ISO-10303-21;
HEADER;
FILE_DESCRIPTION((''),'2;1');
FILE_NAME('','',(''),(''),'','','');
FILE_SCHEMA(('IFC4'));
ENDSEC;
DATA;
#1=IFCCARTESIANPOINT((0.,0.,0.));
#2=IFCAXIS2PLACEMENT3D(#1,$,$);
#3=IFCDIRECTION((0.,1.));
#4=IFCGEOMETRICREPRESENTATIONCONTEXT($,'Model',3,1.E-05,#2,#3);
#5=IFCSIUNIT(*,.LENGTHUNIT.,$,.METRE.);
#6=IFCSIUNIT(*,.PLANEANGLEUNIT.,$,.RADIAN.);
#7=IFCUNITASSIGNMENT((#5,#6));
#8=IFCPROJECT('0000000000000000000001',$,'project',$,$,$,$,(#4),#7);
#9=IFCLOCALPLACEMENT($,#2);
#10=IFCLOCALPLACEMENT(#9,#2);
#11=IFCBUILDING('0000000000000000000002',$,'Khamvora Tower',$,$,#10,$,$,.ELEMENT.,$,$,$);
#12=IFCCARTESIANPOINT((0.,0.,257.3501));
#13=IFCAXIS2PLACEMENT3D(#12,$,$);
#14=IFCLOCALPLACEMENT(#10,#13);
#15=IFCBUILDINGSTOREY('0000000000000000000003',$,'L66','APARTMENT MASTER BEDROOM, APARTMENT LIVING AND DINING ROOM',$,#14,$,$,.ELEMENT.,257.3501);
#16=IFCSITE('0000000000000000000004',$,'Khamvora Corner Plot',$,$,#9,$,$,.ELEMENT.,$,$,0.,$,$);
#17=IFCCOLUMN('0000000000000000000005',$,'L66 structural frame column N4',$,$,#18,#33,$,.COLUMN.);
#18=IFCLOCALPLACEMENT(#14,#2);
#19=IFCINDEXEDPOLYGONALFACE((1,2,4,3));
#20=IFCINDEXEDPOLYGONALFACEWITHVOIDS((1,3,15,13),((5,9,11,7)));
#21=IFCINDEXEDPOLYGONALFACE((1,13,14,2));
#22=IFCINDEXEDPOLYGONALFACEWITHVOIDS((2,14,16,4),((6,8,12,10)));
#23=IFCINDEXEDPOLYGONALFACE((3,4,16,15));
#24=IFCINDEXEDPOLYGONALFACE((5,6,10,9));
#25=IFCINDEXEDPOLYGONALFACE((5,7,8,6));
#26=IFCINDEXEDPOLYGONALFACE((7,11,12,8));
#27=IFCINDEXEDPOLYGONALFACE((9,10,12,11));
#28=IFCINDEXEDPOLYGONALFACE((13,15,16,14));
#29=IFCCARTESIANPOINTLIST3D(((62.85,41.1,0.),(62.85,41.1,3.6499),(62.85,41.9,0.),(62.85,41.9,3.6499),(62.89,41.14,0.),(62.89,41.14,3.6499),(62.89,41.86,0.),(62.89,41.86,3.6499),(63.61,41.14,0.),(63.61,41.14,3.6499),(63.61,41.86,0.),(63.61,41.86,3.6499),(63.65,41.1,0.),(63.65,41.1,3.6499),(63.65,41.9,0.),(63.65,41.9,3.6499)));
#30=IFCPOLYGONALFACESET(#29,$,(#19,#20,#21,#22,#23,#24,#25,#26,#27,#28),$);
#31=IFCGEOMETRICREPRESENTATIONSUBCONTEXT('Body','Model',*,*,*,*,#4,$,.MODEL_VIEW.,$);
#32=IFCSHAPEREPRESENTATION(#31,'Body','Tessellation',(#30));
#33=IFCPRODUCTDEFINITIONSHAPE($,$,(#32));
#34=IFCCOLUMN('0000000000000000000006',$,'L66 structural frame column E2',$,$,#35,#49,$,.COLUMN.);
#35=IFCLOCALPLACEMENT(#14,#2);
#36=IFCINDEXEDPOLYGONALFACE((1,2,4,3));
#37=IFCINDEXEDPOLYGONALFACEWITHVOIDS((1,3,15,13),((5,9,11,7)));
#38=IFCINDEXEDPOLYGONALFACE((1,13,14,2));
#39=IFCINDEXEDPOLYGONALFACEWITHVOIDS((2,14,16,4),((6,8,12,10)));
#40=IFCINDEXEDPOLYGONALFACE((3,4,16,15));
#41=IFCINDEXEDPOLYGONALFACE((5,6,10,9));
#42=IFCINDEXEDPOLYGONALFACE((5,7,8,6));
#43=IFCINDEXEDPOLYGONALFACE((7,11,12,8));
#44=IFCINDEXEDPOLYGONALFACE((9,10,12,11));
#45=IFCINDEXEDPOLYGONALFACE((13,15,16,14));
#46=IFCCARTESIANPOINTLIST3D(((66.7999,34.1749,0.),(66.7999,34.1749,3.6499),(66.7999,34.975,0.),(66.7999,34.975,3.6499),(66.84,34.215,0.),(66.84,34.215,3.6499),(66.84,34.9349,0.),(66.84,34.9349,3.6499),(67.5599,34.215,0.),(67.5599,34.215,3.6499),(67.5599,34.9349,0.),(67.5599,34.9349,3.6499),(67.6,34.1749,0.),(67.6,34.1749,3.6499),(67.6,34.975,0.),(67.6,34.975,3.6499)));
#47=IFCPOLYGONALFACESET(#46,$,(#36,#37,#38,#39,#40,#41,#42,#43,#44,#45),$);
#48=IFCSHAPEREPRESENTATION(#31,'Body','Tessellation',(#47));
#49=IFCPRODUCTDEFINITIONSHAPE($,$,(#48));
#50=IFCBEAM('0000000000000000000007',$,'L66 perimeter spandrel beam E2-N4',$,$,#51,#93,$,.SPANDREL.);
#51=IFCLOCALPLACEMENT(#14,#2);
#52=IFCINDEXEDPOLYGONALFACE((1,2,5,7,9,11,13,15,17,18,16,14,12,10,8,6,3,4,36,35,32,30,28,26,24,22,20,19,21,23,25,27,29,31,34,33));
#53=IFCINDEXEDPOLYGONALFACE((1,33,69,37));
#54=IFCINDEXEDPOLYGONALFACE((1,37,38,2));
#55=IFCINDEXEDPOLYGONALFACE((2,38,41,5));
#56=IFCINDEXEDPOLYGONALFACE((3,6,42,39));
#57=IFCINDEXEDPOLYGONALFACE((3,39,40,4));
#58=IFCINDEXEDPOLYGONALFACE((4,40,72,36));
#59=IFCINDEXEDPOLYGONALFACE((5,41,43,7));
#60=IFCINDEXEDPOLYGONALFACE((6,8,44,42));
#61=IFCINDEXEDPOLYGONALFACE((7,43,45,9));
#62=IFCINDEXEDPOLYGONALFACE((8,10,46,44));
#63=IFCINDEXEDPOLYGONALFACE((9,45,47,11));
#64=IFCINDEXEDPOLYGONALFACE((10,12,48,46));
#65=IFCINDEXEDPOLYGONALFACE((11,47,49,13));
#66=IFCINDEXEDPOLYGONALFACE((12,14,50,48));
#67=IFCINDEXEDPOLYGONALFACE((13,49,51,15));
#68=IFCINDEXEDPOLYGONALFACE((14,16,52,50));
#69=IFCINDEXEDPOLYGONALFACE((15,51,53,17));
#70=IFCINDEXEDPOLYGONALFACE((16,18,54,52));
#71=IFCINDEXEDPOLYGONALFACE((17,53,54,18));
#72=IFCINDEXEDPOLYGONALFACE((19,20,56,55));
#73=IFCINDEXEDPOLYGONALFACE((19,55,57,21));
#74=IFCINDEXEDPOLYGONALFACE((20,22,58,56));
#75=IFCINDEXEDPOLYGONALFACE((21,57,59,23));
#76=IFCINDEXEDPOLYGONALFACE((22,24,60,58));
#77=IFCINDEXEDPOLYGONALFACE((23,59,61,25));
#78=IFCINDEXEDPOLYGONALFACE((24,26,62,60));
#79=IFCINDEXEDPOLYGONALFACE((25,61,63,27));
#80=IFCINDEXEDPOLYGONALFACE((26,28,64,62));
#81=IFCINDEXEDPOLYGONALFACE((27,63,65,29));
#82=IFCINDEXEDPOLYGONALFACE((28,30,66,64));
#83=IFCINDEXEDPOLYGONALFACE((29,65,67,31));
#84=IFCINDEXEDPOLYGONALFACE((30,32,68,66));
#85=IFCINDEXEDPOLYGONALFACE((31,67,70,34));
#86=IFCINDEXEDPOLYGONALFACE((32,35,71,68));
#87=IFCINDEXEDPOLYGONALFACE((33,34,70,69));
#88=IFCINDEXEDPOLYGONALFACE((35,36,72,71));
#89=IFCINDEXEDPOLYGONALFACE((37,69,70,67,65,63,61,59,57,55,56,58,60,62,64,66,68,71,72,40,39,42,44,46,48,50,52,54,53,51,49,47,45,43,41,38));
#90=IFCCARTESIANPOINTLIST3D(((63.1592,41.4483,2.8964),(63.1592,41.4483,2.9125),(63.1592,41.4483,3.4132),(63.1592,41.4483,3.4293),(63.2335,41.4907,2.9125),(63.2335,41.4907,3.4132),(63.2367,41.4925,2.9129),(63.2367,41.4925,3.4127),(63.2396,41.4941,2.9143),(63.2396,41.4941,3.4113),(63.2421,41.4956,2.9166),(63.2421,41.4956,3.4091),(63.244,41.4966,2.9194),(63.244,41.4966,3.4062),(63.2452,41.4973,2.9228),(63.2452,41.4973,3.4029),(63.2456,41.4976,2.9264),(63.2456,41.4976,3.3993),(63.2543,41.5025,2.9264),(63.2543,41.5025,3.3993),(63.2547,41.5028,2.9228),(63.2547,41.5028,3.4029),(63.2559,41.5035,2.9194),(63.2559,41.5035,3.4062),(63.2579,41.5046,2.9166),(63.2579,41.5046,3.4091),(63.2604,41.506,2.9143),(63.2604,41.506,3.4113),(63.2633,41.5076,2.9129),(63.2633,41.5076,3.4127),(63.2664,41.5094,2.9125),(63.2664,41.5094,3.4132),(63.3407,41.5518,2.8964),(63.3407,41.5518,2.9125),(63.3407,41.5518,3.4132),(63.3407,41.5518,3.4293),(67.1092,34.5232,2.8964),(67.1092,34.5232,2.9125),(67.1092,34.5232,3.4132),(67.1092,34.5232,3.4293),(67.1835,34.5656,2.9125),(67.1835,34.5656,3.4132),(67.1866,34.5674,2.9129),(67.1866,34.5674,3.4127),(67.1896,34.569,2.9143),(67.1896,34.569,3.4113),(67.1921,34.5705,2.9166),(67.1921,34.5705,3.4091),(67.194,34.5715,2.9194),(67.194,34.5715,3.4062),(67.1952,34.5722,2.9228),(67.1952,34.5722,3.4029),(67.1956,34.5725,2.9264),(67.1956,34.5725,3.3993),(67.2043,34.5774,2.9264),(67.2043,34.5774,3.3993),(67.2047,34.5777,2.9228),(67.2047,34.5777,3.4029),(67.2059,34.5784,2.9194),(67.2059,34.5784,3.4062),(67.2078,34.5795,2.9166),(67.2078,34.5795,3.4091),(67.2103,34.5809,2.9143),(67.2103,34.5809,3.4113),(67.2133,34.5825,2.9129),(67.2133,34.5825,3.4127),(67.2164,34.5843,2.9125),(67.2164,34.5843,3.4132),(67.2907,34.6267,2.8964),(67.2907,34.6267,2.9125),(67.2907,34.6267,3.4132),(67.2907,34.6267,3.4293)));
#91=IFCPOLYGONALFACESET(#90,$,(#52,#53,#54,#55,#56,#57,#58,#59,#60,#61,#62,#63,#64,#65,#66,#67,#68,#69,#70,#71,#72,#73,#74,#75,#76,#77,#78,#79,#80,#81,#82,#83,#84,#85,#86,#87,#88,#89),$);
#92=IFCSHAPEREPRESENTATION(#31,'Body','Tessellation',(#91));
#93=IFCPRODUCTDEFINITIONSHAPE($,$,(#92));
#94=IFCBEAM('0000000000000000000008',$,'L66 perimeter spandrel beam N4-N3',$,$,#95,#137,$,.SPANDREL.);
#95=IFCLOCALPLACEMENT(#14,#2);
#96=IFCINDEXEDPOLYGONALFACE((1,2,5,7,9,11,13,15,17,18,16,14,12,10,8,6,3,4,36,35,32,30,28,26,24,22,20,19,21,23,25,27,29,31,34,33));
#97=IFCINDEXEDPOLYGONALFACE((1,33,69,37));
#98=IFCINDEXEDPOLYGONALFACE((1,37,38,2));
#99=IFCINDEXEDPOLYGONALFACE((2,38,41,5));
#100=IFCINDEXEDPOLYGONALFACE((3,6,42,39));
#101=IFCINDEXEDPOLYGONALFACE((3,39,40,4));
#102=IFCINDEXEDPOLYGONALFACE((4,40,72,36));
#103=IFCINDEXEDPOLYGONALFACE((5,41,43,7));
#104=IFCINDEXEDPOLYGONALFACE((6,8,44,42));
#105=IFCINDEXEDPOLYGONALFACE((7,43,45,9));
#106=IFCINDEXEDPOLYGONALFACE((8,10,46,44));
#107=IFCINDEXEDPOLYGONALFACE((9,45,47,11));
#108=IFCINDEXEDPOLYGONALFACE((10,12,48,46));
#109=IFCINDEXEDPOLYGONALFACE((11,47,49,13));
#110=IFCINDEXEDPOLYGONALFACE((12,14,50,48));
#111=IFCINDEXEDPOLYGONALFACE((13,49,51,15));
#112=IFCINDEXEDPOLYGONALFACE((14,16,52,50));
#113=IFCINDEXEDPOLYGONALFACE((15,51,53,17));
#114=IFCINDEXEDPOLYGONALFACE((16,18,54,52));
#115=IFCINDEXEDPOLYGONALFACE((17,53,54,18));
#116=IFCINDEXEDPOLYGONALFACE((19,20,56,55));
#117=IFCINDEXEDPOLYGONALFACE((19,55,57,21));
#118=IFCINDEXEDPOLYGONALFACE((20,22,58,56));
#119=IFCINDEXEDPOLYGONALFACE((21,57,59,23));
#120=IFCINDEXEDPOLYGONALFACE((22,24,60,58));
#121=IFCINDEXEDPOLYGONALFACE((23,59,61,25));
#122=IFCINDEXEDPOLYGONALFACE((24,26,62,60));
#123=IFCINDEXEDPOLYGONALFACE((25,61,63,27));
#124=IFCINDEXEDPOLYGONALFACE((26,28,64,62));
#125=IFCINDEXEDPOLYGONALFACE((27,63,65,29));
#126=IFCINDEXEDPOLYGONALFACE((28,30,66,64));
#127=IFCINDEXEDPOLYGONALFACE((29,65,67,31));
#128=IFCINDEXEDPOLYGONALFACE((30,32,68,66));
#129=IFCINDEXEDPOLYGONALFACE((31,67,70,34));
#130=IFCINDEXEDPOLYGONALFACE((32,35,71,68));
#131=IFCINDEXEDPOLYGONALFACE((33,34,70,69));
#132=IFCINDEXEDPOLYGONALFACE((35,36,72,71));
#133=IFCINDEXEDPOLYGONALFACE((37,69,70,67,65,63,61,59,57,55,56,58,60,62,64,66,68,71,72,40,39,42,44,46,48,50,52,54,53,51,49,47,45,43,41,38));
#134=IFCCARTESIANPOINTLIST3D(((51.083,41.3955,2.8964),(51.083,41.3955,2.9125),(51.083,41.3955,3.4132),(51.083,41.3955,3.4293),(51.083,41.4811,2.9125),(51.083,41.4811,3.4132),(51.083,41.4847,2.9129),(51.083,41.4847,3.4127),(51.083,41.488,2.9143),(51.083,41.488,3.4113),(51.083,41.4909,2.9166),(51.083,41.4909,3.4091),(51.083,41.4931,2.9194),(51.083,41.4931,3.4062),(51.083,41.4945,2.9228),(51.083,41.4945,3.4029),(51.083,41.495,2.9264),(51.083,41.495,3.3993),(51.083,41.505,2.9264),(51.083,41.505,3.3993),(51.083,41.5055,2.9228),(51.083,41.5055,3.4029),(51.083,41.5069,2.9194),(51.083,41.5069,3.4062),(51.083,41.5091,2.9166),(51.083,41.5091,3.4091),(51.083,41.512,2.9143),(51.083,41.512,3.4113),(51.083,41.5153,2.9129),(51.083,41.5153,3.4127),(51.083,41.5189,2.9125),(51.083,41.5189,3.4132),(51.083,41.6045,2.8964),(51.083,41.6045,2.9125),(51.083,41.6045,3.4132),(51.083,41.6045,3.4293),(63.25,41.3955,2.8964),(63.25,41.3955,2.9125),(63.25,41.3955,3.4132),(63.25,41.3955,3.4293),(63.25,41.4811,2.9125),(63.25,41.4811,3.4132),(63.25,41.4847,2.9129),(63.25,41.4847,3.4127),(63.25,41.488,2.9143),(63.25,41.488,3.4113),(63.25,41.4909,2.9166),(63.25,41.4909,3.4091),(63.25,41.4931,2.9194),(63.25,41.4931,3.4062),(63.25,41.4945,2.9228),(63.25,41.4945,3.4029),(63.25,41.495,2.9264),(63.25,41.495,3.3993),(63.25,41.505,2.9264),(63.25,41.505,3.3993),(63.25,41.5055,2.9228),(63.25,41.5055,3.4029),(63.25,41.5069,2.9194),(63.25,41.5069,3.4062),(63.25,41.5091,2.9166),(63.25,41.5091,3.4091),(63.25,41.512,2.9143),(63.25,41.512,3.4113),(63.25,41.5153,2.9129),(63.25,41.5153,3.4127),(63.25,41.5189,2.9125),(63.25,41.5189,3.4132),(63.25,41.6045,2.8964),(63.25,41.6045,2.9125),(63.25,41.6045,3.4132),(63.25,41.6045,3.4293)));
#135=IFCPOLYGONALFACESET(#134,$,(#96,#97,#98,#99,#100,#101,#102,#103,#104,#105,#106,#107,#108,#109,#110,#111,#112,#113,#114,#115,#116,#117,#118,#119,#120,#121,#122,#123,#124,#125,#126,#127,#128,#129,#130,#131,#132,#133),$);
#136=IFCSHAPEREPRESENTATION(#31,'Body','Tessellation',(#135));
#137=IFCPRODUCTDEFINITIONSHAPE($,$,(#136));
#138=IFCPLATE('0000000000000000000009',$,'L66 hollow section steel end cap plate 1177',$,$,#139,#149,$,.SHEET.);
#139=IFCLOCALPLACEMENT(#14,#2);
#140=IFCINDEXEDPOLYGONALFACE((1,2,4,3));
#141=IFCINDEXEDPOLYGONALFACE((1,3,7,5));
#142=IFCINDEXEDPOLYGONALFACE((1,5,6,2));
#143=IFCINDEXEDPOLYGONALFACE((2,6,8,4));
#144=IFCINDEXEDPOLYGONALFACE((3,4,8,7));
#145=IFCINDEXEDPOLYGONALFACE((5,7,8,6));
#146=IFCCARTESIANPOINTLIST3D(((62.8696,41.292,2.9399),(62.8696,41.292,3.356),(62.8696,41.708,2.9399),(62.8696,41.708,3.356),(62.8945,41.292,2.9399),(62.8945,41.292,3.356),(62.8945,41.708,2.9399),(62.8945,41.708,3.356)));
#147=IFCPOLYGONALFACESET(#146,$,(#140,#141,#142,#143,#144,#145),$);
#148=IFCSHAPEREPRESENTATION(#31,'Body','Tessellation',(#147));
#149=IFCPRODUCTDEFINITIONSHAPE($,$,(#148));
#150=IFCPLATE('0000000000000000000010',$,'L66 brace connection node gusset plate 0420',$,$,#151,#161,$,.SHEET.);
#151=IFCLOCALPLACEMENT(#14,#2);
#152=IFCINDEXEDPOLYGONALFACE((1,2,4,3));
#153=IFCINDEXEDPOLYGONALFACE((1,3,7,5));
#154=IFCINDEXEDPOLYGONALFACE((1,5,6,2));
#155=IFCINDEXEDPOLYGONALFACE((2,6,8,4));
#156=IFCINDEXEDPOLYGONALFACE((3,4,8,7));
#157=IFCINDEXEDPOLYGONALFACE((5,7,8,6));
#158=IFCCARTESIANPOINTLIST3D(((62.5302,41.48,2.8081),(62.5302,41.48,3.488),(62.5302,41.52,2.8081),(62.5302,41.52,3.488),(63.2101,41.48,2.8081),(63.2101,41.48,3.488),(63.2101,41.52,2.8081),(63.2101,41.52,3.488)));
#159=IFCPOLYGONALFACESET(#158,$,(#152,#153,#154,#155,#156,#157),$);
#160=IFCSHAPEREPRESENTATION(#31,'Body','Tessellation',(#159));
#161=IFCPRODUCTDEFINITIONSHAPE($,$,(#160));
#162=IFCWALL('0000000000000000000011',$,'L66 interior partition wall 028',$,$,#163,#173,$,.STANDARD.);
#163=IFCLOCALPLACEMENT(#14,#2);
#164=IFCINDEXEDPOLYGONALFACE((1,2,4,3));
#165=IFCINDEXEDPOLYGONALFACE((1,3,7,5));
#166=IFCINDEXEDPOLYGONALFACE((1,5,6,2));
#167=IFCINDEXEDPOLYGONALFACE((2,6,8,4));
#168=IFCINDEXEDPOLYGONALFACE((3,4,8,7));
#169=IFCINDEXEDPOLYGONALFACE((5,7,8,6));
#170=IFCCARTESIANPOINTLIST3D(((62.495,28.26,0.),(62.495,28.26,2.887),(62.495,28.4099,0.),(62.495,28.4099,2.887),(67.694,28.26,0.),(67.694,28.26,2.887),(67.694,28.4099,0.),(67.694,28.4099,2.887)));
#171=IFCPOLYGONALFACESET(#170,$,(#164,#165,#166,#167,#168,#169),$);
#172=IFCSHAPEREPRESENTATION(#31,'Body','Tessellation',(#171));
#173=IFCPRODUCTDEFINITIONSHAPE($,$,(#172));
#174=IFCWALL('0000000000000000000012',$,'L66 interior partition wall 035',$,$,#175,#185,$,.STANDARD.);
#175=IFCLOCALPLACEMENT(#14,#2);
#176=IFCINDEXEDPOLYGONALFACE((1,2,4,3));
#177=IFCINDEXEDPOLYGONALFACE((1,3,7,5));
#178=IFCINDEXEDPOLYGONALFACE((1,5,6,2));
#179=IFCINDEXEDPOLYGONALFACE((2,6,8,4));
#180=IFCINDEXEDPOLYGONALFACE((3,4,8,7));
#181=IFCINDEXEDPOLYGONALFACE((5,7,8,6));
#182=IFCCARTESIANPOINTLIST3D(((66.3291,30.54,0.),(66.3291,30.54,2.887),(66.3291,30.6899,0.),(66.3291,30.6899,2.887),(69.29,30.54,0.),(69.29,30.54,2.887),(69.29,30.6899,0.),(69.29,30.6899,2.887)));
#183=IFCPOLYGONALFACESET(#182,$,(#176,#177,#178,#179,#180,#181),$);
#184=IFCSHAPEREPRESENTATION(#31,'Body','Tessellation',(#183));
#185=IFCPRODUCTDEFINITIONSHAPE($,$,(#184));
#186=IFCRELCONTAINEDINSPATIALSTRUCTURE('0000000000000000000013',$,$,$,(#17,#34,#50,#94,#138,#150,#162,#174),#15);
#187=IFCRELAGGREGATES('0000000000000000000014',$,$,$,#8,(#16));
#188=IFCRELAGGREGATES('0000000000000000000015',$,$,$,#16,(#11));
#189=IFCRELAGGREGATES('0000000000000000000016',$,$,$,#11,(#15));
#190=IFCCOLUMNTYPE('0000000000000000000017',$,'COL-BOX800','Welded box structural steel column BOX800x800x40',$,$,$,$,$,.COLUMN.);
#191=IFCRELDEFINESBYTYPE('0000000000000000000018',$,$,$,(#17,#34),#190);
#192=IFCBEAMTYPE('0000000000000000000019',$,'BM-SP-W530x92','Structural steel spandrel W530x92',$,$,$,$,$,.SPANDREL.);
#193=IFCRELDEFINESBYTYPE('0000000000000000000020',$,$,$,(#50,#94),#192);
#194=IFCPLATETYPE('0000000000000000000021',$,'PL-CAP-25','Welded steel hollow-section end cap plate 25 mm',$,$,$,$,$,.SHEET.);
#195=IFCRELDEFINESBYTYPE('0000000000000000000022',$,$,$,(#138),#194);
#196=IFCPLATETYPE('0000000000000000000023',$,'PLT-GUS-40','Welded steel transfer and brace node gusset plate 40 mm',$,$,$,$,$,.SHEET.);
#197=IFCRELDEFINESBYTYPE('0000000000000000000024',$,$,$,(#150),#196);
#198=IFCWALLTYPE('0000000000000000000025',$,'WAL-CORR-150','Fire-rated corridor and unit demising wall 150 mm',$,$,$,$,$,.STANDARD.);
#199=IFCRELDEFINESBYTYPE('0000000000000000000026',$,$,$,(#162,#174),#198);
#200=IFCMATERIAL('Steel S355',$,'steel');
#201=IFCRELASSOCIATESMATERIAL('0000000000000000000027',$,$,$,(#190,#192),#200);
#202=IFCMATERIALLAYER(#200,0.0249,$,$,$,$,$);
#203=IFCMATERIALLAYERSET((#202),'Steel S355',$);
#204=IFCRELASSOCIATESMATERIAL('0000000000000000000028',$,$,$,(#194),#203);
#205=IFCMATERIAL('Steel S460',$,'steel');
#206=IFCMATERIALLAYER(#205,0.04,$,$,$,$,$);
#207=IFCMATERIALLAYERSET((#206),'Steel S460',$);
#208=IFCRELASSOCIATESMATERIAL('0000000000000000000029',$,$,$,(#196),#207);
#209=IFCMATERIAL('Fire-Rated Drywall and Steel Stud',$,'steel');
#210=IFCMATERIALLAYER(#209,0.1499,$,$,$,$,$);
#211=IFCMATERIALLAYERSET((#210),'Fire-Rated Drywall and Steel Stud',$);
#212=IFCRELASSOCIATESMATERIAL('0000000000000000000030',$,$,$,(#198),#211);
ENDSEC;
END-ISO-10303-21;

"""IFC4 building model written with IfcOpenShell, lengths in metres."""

from ifc_helpers import new_model, si_unit, direction, frame, frame_2d, origin, origin_2d, place, context, subcontext, project, spatial, rectangle, hollow_rectangle, i_section, extrude, material, layer, layer_set, material_profile, profile_set, type_object, element, save


model = new_model("IFC4")

# Units and contexts
model_context = context("Model", 3, precision=1e-05, world=origin(), true_north=direction((0.0, 1.0)))
body_context = subcontext(model_context, "Body", "Model", "MODEL_VIEW")
ifc_project = project(units=[si_unit("LENGTHUNIT", "METRE"), si_unit("PLANEANGLEUNIT", "RADIAN")], contexts=[model_context])

# Site, building, storey
site_placement = place(None, origin())
site = spatial("IfcSite", under=ifc_project, at=site_placement, Name="Khamvora Corner Plot", CompositionType="ELEMENT", RefElevation=0.0)
building_placement = place(site_placement, origin())
building = spatial("IfcBuilding", under=site, at=building_placement, Name="Khamvora Tower", CompositionType="ELEMENT")
storey_placement = place(building_placement, frame((0.0, 0.0, 257.3501)))
storey = spatial("IfcBuildingStorey", under=building, at=storey_placement, Name="L66", Description="APARTMENT MASTER BEDROOM, APARTMENT LIVING AND DINING ROOM", CompositionType="ELEMENT", Elevation=257.3501)

# Columns
ifc_material_1 = material(Name="Steel S355", Category="steel")
ifc_material_profile_1 = material_profile(ifc_material_1, hollow_rectangle(XDim=0.8, YDim=0.8, WallThickness=0.04, at=origin_2d()), Name="BOX800x800x40")
ifc_profile_set_1 = profile_set([ifc_material_profile_1], Name="Steel S355")
column_type = type_object("IfcColumnType", Name="COL-BOX800", Description="Welded box structural steel column BOX800x800x40", PredefinedType="COLUMN", material=ifc_profile_set_1)
for number, where, z_axis, x_axis, name in (
    (1, (63.25, 41.5, 0.0), (0.0, 0.0, 1.0), (1.0, 0.0, 0.0), "L66 structural frame column N4"),
    (2, (67.2, 34.575, 0.0), (0.0, 0.0, 1.0), (1.0, 0.0, 0.0), "L66 structural frame column E2"),
):
    element("IfcColumn", number, at=place(storey_placement, frame(where, z_axis=z_axis, x_axis=x_axis)), inside=storey, type_object=column_type, Name=name, PredefinedType="COLUMN", context=body_context, shape_type="SweptSolid", body=[
        extrude(hollow_rectangle(XDim=0.8, YDim=0.8, WallThickness=0.04, at=origin_2d()), origin(), (0.0, 0.0, 1.0), 3.6499),
    ])

# Beams
ifc_material_profile_2 = material_profile(ifc_material_1, i_section(OverallWidth=0.209, OverallDepth=0.533, WebThickness=0.01, FlangeThickness=0.0161, FilletRadius=0.0139, at=origin_2d()), Name="W530x92")
ifc_profile_set_2 = profile_set([ifc_material_profile_2], Name="Steel S355")
beam_type = type_object("IfcBeamType", Name="BM-SP-W530x92", Description="Structural steel spandrel W530x92", PredefinedType="SPANDREL", material=ifc_profile_set_2)
beam_1_placement = place(storey_placement, frame((67.2, 34.575, 3.1628), z_axis=(-0.495456, 0.868633, 0.0), x_axis=(-0.868633, -0.495456, 0.0)))
element("IfcBeam", 3, at=beam_1_placement, inside=storey, type_object=beam_type, Name="L66 perimeter spandrel beam E2-N4", PredefinedType="SPANDREL", context=body_context, shape_type="SweptSolid", body=[
    extrude(i_section(OverallWidth=0.209, OverallDepth=0.533, WebThickness=0.01, FlangeThickness=0.0161, FilletRadius=0.0139, at=origin_2d()), origin(), (0.0, 0.0, 1.0), 7.9724),
])
beam_2_placement = place(storey_placement, frame((63.25, 41.5, 3.1628), z_axis=(-1.0, 0.0, 0.0), x_axis=(0.0, -1.0, 0.0)))
element("IfcBeam", 4, at=beam_2_placement, inside=storey, type_object=beam_type, Name="L66 perimeter spandrel beam N4-N3", PredefinedType="SPANDREL", context=body_context, shape_type="SweptSolid", body=[
    extrude(i_section(OverallWidth=0.209, OverallDepth=0.533, WebThickness=0.01, FlangeThickness=0.0161, FilletRadius=0.0139, at=origin_2d()), origin(), (0.0, 0.0, 1.0), 12.167),
])

# Plates
ifc_layer_1 = layer(ifc_material_1, 0.0249)
ifc_layer_set_1 = layer_set([ifc_layer_1], Name="Steel S355")
plate_type_1 = type_object("IfcPlateType", Name="PL-CAP-25", Description="Welded steel hollow-section end cap plate 25 mm", PredefinedType="SHEET", material=ifc_layer_set_1)
plate_1_placement = place(storey_placement, frame((62.8821, 41.5, 2.9399), z_axis=(0.0, 0.0, 1.0), x_axis=(1.0, 0.0, 0.0)))
element("IfcPlate", 5, at=plate_1_placement, inside=storey, type_object=plate_type_1, Name="L66 hollow section steel end cap plate 1177", PredefinedType="SHEET", context=body_context, shape_type="SweptSolid", body=[
    extrude(rectangle(XDim=0.0249, YDim=0.416, at=origin_2d()), origin(), (0.0, 0.0, 1.0), 0.416),
])
ifc_material_2 = material(Name="Steel S460", Category="steel")
ifc_layer_2 = layer(ifc_material_2, 0.04)
ifc_layer_set_2 = layer_set([ifc_layer_2], Name="Steel S460")
plate_type_2 = type_object("IfcPlateType", Name="PLT-GUS-40", Description="Welded steel transfer and brace node gusset plate 40 mm", PredefinedType="SHEET", material=ifc_layer_set_2)
plate_2_placement = place(storey_placement, frame((62.8701, 41.5, 2.8081), z_axis=(0.0, 0.0, 1.0), x_axis=(1.0, 0.0, 0.0)))
element("IfcPlate", 6, at=plate_2_placement, inside=storey, type_object=plate_type_2, Name="L66 brace connection node gusset plate 0420", PredefinedType="SHEET", context=body_context, shape_type="SweptSolid", body=[
    extrude(rectangle(XDim=0.6799, YDim=0.04, at=origin_2d()), origin(), (0.0, 0.0, 1.0), 0.6799),
])

# Shared definitions
ifc_material_3 = material(Name="Fire-Rated Drywall and Steel Stud", Category="steel")
ifc_layer_3 = layer(ifc_material_3, 0.1499)
ifc_layer_set_3 = layer_set([ifc_layer_3], Name="Fire-Rated Drywall and Steel Stud")
wall_type_1 = type_object("IfcWallType", Name="WAL-CORR-150", Description="Fire-rated corridor and unit demising wall 150 mm", PredefinedType="STANDARD", material=ifc_layer_set_3)

# Walls
wall_1_placement = place(storey_placement, frame((67.6941, 28.335, 0.0), z_axis=(0.0, 0.0, 1.0), x_axis=(-1.0, 0.0, 0.0)))
element("IfcWall", 7, at=wall_1_placement, inside=storey, type_object=wall_type_1, Name="L66 interior partition wall 028", PredefinedType="STANDARD", context=body_context, shape_type="SweptSolid", body=[
    extrude(rectangle(XDim=5.199, YDim=0.1499, at=frame_2d((2.5996, 0.0))), origin(), (0.0, 0.0, 1.0), 2.887),
])
wall_2_placement = place(storey_placement, frame((66.3291, 30.615, 0.0), z_axis=(0.0, 0.0, 1.0), x_axis=(1.0, 0.0, 0.0)))
element("IfcWall", 8, at=wall_2_placement, inside=storey, type_object=wall_type_1, Name="L66 interior partition wall 035", PredefinedType="STANDARD", context=body_context, shape_type="SweptSolid", body=[
    extrude(rectangle(XDim=2.9609, YDim=0.1499, at=frame_2d((1.4805, 0.0))), origin(), (0.0, 0.0, 1.0), 2.887),
])

save(model, "model.ifc")
